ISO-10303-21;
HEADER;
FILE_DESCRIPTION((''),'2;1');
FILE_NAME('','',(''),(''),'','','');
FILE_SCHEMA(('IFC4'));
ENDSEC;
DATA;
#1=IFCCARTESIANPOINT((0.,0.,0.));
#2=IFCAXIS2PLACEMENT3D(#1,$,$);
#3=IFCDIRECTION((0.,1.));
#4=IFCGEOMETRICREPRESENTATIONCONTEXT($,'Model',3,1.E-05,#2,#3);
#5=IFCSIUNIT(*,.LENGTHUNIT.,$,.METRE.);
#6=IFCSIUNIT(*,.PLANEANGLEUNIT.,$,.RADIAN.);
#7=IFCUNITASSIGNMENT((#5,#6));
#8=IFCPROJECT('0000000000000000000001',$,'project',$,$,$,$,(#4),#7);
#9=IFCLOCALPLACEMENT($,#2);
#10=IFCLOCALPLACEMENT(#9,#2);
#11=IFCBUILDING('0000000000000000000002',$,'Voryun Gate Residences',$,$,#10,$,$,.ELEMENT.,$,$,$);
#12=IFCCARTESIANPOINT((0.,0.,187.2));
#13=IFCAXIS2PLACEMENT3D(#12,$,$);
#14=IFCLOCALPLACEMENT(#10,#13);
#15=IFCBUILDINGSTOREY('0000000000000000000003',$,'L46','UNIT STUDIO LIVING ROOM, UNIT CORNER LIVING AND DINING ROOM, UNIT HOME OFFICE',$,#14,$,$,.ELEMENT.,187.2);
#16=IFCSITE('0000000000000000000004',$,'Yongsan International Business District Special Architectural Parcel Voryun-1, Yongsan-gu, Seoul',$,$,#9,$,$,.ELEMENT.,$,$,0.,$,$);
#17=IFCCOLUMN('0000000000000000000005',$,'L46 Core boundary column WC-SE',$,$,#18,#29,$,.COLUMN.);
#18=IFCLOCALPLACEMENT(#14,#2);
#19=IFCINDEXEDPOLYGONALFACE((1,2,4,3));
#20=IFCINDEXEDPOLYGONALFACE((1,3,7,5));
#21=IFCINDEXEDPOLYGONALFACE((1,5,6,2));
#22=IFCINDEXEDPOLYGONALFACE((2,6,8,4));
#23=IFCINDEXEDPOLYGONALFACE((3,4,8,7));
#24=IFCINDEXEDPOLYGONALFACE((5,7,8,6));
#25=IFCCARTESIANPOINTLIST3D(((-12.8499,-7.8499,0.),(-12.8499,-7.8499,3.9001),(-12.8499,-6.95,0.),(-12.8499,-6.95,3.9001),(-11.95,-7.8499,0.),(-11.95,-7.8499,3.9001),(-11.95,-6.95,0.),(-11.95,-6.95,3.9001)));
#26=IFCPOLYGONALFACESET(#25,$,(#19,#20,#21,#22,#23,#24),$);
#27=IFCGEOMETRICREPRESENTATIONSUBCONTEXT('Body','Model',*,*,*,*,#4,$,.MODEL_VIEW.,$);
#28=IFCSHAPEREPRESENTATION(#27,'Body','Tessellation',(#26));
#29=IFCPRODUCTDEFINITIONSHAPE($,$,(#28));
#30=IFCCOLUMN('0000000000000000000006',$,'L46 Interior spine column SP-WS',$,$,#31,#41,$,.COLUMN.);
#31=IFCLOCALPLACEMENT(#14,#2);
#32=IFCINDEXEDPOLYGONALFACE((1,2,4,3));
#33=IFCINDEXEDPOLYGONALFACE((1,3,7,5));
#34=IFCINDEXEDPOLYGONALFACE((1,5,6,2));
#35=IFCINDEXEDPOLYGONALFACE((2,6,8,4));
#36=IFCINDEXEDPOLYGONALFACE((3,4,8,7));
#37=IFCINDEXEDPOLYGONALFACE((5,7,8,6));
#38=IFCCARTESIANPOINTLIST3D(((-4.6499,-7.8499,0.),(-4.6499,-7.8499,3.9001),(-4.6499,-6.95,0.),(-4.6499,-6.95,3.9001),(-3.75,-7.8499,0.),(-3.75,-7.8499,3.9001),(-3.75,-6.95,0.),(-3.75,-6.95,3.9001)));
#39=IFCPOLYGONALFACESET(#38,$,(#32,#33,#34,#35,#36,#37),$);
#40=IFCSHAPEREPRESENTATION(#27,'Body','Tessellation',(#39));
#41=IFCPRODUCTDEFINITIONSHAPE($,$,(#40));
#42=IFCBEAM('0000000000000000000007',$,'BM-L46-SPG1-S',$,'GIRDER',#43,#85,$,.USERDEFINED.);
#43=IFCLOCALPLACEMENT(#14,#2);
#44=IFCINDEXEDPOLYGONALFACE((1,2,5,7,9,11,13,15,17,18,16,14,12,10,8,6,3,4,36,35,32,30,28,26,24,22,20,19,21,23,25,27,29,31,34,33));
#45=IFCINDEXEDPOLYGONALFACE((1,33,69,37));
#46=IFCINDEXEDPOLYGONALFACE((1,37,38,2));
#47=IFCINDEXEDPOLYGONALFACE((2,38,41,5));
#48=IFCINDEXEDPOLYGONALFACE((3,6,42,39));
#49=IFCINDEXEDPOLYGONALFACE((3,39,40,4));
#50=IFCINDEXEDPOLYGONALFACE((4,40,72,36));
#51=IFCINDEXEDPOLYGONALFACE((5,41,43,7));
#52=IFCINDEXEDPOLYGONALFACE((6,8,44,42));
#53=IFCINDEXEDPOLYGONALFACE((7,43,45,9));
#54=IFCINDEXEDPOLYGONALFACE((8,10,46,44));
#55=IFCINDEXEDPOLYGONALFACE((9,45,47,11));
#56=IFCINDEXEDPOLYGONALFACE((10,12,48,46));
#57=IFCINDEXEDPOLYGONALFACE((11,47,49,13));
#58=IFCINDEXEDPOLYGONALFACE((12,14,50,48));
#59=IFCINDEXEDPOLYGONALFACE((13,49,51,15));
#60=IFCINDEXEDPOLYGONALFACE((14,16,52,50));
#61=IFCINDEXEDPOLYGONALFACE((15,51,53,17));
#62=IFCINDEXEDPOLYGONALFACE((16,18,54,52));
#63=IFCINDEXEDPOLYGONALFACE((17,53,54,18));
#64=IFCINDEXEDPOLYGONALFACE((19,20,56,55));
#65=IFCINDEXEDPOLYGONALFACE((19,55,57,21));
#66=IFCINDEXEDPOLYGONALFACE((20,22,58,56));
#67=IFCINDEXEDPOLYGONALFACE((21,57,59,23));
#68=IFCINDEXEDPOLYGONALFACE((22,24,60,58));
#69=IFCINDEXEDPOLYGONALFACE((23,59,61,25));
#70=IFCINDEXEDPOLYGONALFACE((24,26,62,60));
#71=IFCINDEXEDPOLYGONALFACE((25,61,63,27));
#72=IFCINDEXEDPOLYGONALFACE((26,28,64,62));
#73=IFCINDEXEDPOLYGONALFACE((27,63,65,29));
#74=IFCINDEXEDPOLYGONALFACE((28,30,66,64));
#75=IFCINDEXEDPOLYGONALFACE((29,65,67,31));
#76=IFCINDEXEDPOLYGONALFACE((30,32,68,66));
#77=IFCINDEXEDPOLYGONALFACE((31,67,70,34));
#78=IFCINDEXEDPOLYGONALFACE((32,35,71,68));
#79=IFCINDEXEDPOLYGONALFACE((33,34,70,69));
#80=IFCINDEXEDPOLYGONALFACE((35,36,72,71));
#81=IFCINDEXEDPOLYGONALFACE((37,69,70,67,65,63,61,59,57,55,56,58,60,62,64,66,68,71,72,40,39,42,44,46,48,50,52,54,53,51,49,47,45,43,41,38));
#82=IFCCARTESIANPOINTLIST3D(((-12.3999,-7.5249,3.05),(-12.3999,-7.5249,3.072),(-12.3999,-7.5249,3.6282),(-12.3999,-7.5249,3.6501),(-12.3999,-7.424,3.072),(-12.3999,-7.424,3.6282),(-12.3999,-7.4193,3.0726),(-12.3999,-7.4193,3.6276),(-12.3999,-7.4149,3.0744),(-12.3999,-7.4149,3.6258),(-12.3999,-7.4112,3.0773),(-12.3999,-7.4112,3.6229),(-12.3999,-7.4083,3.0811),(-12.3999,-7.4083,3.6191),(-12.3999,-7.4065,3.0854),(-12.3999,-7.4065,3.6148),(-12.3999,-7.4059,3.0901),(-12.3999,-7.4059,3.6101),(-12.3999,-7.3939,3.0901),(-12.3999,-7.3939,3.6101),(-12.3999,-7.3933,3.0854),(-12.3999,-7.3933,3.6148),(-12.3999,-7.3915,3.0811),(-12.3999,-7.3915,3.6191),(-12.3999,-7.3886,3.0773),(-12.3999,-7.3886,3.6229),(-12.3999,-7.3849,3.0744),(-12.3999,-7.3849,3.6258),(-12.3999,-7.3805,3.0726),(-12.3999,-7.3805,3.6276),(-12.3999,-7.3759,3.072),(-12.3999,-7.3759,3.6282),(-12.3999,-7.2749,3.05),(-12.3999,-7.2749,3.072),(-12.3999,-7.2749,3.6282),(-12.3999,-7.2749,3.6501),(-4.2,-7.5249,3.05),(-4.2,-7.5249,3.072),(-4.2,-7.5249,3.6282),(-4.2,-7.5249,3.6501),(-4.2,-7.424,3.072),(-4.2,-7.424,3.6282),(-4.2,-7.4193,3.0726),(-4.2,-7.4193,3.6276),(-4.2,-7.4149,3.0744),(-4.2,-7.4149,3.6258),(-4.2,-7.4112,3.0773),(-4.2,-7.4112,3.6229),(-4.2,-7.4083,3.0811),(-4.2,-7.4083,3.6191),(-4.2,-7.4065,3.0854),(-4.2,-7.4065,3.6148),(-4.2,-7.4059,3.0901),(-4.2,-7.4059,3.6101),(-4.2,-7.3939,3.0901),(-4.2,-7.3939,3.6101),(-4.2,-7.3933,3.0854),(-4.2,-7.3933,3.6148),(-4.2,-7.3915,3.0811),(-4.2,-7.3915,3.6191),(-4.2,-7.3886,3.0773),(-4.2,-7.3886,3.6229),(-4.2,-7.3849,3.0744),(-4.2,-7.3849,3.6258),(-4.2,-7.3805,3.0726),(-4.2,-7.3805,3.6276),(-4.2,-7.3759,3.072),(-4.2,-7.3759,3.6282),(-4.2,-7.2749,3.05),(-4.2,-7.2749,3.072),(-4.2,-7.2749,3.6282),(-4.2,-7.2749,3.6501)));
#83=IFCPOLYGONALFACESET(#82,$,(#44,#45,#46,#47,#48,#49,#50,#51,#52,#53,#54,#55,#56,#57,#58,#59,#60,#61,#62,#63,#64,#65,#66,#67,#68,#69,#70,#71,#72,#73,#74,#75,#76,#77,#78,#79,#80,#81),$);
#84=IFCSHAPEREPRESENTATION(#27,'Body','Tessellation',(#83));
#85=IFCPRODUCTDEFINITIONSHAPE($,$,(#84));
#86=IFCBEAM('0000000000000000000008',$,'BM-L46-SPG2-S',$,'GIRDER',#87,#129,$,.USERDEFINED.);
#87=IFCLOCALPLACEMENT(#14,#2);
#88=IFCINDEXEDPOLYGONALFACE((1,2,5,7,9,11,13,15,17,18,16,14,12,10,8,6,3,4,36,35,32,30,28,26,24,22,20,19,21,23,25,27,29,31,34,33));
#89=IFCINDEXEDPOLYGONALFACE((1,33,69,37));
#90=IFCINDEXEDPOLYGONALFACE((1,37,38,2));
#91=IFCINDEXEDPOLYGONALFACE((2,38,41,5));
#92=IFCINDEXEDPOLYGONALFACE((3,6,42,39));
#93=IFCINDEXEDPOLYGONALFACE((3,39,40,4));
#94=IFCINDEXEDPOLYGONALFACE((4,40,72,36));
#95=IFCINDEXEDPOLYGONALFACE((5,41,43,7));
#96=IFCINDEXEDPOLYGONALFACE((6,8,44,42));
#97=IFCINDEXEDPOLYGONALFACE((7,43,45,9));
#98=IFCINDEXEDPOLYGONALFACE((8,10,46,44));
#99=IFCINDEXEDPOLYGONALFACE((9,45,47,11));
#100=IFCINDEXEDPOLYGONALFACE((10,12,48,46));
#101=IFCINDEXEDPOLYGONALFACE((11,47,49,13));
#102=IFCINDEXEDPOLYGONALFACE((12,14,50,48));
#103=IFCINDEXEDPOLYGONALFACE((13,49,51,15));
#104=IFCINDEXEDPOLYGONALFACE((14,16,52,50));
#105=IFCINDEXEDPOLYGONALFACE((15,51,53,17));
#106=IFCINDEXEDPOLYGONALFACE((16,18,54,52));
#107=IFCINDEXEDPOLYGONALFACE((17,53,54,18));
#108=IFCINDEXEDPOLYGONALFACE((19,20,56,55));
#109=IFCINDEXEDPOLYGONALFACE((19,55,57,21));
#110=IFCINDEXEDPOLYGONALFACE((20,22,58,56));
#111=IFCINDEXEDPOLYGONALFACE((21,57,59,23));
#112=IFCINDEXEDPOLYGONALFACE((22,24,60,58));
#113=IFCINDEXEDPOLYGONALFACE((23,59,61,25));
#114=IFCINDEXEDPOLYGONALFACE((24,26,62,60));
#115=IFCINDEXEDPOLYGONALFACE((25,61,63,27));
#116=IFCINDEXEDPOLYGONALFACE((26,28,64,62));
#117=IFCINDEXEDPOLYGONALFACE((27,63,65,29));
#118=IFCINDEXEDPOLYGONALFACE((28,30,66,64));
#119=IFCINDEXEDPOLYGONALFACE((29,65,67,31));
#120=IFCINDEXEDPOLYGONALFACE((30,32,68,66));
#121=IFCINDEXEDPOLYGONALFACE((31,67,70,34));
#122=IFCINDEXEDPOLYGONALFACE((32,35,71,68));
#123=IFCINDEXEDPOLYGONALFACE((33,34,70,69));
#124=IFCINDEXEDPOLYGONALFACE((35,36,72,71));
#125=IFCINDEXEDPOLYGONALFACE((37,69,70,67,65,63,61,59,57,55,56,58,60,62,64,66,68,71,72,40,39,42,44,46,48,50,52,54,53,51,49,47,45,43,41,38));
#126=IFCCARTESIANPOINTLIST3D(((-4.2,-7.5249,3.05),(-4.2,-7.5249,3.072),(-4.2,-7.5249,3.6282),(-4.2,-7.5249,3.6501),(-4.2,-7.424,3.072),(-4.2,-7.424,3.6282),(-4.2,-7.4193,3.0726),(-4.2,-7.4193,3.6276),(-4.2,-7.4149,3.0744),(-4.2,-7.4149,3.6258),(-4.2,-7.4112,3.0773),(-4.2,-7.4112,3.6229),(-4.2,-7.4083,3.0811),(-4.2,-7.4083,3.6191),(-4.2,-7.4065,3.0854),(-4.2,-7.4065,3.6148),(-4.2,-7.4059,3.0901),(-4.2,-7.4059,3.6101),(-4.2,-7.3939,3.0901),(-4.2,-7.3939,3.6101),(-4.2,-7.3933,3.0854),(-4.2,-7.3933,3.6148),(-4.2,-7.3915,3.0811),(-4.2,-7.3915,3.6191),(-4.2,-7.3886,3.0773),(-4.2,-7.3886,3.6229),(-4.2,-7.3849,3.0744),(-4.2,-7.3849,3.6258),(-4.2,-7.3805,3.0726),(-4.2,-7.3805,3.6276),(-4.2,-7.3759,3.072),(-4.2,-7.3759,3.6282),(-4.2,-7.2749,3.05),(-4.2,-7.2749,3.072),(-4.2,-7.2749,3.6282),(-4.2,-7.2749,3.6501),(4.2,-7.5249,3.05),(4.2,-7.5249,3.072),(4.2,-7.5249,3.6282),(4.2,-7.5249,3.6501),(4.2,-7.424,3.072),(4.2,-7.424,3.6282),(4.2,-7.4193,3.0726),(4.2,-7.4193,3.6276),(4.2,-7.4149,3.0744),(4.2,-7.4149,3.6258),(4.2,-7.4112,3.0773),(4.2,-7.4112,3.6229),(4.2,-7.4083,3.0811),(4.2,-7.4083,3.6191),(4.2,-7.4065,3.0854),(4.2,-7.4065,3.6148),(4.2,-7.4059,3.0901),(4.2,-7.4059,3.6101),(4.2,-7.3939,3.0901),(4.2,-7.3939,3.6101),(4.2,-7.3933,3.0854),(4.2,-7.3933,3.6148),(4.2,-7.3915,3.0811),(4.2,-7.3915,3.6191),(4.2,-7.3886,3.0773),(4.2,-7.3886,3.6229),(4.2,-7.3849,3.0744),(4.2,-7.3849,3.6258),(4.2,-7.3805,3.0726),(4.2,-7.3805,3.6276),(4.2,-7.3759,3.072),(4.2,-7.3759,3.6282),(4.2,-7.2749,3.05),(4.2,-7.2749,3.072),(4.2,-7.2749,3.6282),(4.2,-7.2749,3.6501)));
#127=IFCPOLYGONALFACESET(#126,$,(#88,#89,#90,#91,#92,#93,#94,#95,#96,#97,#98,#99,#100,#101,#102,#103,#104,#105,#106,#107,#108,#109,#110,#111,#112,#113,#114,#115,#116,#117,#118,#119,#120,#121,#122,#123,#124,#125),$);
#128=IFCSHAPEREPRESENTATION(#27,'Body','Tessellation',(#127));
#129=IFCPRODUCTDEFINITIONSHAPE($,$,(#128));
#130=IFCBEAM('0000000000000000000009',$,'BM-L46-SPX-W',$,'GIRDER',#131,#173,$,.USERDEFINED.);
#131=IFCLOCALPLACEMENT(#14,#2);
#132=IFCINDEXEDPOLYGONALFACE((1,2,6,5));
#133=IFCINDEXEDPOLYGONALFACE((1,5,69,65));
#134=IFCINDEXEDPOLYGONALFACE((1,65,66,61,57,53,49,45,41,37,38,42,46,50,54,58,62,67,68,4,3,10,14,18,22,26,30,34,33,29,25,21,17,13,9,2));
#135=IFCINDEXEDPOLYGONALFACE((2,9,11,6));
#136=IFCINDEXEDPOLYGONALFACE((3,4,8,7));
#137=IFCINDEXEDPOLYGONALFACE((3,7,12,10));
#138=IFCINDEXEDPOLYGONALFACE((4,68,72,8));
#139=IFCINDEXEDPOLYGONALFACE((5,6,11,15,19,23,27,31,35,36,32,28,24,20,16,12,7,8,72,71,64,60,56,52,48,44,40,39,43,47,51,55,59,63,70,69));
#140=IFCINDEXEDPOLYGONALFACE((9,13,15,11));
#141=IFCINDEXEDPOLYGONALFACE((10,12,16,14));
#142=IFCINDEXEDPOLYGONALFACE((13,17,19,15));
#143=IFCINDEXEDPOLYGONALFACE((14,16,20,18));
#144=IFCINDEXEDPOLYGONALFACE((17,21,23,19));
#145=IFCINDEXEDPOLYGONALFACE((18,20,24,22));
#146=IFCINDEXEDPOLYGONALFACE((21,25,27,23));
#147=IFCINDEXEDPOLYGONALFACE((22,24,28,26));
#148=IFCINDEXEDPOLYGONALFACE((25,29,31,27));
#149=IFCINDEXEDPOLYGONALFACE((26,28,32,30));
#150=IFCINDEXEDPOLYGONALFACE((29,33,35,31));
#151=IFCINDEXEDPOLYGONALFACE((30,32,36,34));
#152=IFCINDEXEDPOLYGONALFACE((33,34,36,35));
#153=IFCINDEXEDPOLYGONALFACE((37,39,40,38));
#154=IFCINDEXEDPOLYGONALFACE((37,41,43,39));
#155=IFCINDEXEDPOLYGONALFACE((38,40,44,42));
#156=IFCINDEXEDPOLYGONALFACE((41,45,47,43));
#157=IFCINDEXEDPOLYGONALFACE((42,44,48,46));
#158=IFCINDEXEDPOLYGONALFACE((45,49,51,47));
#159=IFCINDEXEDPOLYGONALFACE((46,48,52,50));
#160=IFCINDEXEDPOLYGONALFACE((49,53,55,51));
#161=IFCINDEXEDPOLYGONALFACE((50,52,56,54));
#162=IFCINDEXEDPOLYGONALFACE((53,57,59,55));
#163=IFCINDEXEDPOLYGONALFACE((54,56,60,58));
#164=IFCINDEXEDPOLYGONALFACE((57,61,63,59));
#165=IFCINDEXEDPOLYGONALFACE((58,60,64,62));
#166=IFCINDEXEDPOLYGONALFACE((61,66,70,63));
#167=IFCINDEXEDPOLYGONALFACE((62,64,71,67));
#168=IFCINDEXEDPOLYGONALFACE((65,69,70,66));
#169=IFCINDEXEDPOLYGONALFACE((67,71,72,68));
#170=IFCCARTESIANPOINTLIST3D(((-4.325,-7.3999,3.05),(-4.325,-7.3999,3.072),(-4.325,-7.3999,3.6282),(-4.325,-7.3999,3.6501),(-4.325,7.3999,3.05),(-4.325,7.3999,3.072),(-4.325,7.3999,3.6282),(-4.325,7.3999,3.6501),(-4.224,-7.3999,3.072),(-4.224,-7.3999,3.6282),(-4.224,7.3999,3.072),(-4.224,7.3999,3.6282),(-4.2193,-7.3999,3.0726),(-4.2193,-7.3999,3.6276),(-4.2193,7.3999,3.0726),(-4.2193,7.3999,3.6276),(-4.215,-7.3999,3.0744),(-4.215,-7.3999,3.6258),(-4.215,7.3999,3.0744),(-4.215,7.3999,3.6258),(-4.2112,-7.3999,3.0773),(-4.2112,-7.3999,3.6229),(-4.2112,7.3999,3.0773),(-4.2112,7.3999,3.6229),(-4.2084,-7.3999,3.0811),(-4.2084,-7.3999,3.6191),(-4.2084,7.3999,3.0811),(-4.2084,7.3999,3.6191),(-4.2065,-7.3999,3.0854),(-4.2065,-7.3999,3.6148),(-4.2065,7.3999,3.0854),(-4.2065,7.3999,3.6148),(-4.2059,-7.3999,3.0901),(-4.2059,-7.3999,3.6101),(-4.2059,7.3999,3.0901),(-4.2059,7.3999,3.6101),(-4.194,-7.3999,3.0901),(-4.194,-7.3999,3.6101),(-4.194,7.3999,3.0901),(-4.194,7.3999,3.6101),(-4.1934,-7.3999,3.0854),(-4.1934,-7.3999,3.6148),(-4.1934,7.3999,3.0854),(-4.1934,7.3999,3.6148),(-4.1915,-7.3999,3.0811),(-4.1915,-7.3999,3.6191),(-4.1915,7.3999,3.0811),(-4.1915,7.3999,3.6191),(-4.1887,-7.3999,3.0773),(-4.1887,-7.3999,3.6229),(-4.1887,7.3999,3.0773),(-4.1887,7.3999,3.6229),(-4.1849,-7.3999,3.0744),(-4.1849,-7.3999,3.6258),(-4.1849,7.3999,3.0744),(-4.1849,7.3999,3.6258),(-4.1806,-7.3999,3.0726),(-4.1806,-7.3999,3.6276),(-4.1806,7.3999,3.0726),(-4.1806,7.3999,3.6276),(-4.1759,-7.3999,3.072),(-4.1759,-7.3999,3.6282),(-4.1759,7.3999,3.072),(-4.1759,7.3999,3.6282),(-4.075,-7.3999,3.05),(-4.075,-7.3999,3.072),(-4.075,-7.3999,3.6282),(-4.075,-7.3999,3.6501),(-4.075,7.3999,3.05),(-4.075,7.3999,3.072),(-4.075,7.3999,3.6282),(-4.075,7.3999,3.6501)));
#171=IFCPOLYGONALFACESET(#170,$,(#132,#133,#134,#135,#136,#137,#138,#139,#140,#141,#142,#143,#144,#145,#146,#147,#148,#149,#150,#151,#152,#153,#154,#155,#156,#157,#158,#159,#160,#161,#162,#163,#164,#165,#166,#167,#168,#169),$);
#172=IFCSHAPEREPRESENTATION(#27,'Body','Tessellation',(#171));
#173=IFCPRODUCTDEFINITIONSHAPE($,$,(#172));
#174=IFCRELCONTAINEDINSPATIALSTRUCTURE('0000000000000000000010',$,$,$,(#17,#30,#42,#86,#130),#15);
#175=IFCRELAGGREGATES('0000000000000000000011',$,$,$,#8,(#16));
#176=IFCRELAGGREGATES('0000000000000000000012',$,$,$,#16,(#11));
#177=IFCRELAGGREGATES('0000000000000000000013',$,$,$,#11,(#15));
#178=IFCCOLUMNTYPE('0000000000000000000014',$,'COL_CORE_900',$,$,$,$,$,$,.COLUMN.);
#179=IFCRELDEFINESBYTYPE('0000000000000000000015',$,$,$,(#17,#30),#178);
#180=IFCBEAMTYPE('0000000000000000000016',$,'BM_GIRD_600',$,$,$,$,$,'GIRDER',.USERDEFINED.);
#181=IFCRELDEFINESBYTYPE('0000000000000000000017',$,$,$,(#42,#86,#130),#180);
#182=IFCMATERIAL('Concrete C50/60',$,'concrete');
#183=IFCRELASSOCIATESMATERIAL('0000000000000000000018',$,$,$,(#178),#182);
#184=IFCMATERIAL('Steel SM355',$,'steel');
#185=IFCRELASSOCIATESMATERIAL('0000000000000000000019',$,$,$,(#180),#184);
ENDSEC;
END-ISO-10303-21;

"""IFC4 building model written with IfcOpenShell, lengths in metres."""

from ifc_helpers import new_model, si_unit, direction, frame, origin, origin_2d, place, context, subcontext, project, spatial, rectangle, i_section, extrude, material, material_profile, profile_set, type_object, element, save


model = new_model("IFC4")

# Units and contexts
model_context = context("Model", 3, precision=1e-05, world=origin(), true_north=direction((0.0, 1.0)))
body_context = subcontext(model_context, "Body", "Model", "MODEL_VIEW")
ifc_project = project(units=[si_unit("LENGTHUNIT", "METRE"), si_unit("PLANEANGLEUNIT", "RADIAN")], contexts=[model_context])

# Site, building, storey
site_placement = place(None, origin())
site = spatial("IfcSite", under=ifc_project, at=site_placement, Name="Yongsan International Business District Special Architectural Parcel Voryun-1, Yongsan-gu, Seoul", CompositionType="ELEMENT", RefElevation=0.0)
building_placement = place(site_placement, origin())
building = spatial("IfcBuilding", under=site, at=building_placement, Name="Voryun Gate Residences", CompositionType="ELEMENT")
storey_placement = place(building_placement, frame((0.0, 0.0, 187.2)))
storey = spatial("IfcBuildingStorey", under=building, at=storey_placement, Name="L46", Description="UNIT STUDIO LIVING ROOM, UNIT CORNER LIVING AND DINING ROOM, UNIT HOME OFFICE", CompositionType="ELEMENT", Elevation=187.2)

# Columns
ifc_material_1 = material(Name="Concrete C50/60", Category="concrete")
ifc_material_profile_1 = material_profile(ifc_material_1, rectangle(XDim=0.8999, YDim=0.8999, at=origin_2d()), Name="RC-900x900")
ifc_profile_set_1 = profile_set([ifc_material_profile_1], Name="Concrete C50/60")
column_type = type_object("IfcColumnType", Name="COL_CORE_900", PredefinedType="COLUMN", material=ifc_profile_set_1)
for number, where, z_axis, x_axis, name in (
    (1, (-12.3999, -7.3999, 0.0), (0.0, 0.0, 1.0), (1.0, 0.0, 0.0), "L46 Core boundary column WC-SE"),
    (2, (-4.2, -7.3999, 0.0), (0.0, 0.0, 1.0), (1.0, 0.0, 0.0), "L46 Interior spine column SP-WS"),
):
    element("IfcColumn", number, at=place(storey_placement, frame(where, z_axis=z_axis, x_axis=x_axis)), inside=storey, type_object=column_type, Name=name, PredefinedType="COLUMN", context=body_context, shape_type="SweptSolid", body=[
        extrude(rectangle(XDim=0.8999, YDim=0.8999, at=origin_2d()), origin(), (0.0, 0.0, 1.0), 3.9001),
    ])

# Beams
ifc_material_2 = material(Name="Steel SM355", Category="steel")
ifc_material_profile_2 = material_profile(ifc_material_2, i_section(OverallWidth=0.25, OverallDepth=0.6001, WebThickness=0.012, FlangeThickness=0.022, FilletRadius=0.0181, at=origin_2d()), Name="H-600x250x12x22")
ifc_profile_set_2 = profile_set([ifc_material_profile_2], Name="Steel SM355")
beam_type_1 = type_object("IfcBeamType", Name="BM_GIRD_600", ElementType="GIRDER", PredefinedType="USERDEFINED", material=ifc_profile_set_2)
beam_1_placement = place(storey_placement, frame((-12.3999, -7.3999, 3.3501), z_axis=(1.0, 0.0, 0.0), x_axis=(0.0, 1.0, 0.0)))
element("IfcBeam", 3, at=beam_1_placement, inside=storey, type_object=beam_type_1, Name="BM-L46-SPG1-S", ObjectType="GIRDER", PredefinedType="USERDEFINED", context=body_context, shape_type="SweptSolid", body=[
    extrude(i_section(OverallWidth=0.25, OverallDepth=0.6001, WebThickness=0.012, FlangeThickness=0.022, FilletRadius=0.0181, at=origin_2d()), origin(), (0.0, 0.0, 1.0), 8.2),
])
beam_2_placement = place(storey_placement, frame((-4.2, -7.3999, 3.3501), z_axis=(1.0, 0.0, 0.0), x_axis=(0.0, 1.0, 0.0)))
element("IfcBeam", 4, at=beam_2_placement, inside=storey, type_object=beam_type_1, Name="BM-L46-SPG2-S", ObjectType="GIRDER", PredefinedType="USERDEFINED", context=body_context, shape_type="SweptSolid", body=[
    extrude(i_section(OverallWidth=0.25, OverallDepth=0.6001, WebThickness=0.012, FlangeThickness=0.022, FilletRadius=0.0181, at=origin_2d()), origin(), (0.0, 0.0, 1.0), 8.3999),
])
beam_3_placement = place(storey_placement, frame((-4.2, -7.3999, 3.3501), z_axis=(0.0, 1.0, 0.0), x_axis=(-1.0, 0.0, 0.0)))
element("IfcBeam", 5, at=beam_3_placement, inside=storey, type_object=beam_type_1, Name="BM-L46-SPX-W", ObjectType="GIRDER", PredefinedType="USERDEFINED", context=body_context, shape_type="SweptSolid", body=[
    extrude(i_section(OverallWidth=0.25, OverallDepth=0.6001, WebThickness=0.012, FlangeThickness=0.022, FilletRadius=0.0181, at=origin_2d()), origin(), (0.0, 0.0, 1.0), 14.7998),
])

save(model, "model.ifc")
